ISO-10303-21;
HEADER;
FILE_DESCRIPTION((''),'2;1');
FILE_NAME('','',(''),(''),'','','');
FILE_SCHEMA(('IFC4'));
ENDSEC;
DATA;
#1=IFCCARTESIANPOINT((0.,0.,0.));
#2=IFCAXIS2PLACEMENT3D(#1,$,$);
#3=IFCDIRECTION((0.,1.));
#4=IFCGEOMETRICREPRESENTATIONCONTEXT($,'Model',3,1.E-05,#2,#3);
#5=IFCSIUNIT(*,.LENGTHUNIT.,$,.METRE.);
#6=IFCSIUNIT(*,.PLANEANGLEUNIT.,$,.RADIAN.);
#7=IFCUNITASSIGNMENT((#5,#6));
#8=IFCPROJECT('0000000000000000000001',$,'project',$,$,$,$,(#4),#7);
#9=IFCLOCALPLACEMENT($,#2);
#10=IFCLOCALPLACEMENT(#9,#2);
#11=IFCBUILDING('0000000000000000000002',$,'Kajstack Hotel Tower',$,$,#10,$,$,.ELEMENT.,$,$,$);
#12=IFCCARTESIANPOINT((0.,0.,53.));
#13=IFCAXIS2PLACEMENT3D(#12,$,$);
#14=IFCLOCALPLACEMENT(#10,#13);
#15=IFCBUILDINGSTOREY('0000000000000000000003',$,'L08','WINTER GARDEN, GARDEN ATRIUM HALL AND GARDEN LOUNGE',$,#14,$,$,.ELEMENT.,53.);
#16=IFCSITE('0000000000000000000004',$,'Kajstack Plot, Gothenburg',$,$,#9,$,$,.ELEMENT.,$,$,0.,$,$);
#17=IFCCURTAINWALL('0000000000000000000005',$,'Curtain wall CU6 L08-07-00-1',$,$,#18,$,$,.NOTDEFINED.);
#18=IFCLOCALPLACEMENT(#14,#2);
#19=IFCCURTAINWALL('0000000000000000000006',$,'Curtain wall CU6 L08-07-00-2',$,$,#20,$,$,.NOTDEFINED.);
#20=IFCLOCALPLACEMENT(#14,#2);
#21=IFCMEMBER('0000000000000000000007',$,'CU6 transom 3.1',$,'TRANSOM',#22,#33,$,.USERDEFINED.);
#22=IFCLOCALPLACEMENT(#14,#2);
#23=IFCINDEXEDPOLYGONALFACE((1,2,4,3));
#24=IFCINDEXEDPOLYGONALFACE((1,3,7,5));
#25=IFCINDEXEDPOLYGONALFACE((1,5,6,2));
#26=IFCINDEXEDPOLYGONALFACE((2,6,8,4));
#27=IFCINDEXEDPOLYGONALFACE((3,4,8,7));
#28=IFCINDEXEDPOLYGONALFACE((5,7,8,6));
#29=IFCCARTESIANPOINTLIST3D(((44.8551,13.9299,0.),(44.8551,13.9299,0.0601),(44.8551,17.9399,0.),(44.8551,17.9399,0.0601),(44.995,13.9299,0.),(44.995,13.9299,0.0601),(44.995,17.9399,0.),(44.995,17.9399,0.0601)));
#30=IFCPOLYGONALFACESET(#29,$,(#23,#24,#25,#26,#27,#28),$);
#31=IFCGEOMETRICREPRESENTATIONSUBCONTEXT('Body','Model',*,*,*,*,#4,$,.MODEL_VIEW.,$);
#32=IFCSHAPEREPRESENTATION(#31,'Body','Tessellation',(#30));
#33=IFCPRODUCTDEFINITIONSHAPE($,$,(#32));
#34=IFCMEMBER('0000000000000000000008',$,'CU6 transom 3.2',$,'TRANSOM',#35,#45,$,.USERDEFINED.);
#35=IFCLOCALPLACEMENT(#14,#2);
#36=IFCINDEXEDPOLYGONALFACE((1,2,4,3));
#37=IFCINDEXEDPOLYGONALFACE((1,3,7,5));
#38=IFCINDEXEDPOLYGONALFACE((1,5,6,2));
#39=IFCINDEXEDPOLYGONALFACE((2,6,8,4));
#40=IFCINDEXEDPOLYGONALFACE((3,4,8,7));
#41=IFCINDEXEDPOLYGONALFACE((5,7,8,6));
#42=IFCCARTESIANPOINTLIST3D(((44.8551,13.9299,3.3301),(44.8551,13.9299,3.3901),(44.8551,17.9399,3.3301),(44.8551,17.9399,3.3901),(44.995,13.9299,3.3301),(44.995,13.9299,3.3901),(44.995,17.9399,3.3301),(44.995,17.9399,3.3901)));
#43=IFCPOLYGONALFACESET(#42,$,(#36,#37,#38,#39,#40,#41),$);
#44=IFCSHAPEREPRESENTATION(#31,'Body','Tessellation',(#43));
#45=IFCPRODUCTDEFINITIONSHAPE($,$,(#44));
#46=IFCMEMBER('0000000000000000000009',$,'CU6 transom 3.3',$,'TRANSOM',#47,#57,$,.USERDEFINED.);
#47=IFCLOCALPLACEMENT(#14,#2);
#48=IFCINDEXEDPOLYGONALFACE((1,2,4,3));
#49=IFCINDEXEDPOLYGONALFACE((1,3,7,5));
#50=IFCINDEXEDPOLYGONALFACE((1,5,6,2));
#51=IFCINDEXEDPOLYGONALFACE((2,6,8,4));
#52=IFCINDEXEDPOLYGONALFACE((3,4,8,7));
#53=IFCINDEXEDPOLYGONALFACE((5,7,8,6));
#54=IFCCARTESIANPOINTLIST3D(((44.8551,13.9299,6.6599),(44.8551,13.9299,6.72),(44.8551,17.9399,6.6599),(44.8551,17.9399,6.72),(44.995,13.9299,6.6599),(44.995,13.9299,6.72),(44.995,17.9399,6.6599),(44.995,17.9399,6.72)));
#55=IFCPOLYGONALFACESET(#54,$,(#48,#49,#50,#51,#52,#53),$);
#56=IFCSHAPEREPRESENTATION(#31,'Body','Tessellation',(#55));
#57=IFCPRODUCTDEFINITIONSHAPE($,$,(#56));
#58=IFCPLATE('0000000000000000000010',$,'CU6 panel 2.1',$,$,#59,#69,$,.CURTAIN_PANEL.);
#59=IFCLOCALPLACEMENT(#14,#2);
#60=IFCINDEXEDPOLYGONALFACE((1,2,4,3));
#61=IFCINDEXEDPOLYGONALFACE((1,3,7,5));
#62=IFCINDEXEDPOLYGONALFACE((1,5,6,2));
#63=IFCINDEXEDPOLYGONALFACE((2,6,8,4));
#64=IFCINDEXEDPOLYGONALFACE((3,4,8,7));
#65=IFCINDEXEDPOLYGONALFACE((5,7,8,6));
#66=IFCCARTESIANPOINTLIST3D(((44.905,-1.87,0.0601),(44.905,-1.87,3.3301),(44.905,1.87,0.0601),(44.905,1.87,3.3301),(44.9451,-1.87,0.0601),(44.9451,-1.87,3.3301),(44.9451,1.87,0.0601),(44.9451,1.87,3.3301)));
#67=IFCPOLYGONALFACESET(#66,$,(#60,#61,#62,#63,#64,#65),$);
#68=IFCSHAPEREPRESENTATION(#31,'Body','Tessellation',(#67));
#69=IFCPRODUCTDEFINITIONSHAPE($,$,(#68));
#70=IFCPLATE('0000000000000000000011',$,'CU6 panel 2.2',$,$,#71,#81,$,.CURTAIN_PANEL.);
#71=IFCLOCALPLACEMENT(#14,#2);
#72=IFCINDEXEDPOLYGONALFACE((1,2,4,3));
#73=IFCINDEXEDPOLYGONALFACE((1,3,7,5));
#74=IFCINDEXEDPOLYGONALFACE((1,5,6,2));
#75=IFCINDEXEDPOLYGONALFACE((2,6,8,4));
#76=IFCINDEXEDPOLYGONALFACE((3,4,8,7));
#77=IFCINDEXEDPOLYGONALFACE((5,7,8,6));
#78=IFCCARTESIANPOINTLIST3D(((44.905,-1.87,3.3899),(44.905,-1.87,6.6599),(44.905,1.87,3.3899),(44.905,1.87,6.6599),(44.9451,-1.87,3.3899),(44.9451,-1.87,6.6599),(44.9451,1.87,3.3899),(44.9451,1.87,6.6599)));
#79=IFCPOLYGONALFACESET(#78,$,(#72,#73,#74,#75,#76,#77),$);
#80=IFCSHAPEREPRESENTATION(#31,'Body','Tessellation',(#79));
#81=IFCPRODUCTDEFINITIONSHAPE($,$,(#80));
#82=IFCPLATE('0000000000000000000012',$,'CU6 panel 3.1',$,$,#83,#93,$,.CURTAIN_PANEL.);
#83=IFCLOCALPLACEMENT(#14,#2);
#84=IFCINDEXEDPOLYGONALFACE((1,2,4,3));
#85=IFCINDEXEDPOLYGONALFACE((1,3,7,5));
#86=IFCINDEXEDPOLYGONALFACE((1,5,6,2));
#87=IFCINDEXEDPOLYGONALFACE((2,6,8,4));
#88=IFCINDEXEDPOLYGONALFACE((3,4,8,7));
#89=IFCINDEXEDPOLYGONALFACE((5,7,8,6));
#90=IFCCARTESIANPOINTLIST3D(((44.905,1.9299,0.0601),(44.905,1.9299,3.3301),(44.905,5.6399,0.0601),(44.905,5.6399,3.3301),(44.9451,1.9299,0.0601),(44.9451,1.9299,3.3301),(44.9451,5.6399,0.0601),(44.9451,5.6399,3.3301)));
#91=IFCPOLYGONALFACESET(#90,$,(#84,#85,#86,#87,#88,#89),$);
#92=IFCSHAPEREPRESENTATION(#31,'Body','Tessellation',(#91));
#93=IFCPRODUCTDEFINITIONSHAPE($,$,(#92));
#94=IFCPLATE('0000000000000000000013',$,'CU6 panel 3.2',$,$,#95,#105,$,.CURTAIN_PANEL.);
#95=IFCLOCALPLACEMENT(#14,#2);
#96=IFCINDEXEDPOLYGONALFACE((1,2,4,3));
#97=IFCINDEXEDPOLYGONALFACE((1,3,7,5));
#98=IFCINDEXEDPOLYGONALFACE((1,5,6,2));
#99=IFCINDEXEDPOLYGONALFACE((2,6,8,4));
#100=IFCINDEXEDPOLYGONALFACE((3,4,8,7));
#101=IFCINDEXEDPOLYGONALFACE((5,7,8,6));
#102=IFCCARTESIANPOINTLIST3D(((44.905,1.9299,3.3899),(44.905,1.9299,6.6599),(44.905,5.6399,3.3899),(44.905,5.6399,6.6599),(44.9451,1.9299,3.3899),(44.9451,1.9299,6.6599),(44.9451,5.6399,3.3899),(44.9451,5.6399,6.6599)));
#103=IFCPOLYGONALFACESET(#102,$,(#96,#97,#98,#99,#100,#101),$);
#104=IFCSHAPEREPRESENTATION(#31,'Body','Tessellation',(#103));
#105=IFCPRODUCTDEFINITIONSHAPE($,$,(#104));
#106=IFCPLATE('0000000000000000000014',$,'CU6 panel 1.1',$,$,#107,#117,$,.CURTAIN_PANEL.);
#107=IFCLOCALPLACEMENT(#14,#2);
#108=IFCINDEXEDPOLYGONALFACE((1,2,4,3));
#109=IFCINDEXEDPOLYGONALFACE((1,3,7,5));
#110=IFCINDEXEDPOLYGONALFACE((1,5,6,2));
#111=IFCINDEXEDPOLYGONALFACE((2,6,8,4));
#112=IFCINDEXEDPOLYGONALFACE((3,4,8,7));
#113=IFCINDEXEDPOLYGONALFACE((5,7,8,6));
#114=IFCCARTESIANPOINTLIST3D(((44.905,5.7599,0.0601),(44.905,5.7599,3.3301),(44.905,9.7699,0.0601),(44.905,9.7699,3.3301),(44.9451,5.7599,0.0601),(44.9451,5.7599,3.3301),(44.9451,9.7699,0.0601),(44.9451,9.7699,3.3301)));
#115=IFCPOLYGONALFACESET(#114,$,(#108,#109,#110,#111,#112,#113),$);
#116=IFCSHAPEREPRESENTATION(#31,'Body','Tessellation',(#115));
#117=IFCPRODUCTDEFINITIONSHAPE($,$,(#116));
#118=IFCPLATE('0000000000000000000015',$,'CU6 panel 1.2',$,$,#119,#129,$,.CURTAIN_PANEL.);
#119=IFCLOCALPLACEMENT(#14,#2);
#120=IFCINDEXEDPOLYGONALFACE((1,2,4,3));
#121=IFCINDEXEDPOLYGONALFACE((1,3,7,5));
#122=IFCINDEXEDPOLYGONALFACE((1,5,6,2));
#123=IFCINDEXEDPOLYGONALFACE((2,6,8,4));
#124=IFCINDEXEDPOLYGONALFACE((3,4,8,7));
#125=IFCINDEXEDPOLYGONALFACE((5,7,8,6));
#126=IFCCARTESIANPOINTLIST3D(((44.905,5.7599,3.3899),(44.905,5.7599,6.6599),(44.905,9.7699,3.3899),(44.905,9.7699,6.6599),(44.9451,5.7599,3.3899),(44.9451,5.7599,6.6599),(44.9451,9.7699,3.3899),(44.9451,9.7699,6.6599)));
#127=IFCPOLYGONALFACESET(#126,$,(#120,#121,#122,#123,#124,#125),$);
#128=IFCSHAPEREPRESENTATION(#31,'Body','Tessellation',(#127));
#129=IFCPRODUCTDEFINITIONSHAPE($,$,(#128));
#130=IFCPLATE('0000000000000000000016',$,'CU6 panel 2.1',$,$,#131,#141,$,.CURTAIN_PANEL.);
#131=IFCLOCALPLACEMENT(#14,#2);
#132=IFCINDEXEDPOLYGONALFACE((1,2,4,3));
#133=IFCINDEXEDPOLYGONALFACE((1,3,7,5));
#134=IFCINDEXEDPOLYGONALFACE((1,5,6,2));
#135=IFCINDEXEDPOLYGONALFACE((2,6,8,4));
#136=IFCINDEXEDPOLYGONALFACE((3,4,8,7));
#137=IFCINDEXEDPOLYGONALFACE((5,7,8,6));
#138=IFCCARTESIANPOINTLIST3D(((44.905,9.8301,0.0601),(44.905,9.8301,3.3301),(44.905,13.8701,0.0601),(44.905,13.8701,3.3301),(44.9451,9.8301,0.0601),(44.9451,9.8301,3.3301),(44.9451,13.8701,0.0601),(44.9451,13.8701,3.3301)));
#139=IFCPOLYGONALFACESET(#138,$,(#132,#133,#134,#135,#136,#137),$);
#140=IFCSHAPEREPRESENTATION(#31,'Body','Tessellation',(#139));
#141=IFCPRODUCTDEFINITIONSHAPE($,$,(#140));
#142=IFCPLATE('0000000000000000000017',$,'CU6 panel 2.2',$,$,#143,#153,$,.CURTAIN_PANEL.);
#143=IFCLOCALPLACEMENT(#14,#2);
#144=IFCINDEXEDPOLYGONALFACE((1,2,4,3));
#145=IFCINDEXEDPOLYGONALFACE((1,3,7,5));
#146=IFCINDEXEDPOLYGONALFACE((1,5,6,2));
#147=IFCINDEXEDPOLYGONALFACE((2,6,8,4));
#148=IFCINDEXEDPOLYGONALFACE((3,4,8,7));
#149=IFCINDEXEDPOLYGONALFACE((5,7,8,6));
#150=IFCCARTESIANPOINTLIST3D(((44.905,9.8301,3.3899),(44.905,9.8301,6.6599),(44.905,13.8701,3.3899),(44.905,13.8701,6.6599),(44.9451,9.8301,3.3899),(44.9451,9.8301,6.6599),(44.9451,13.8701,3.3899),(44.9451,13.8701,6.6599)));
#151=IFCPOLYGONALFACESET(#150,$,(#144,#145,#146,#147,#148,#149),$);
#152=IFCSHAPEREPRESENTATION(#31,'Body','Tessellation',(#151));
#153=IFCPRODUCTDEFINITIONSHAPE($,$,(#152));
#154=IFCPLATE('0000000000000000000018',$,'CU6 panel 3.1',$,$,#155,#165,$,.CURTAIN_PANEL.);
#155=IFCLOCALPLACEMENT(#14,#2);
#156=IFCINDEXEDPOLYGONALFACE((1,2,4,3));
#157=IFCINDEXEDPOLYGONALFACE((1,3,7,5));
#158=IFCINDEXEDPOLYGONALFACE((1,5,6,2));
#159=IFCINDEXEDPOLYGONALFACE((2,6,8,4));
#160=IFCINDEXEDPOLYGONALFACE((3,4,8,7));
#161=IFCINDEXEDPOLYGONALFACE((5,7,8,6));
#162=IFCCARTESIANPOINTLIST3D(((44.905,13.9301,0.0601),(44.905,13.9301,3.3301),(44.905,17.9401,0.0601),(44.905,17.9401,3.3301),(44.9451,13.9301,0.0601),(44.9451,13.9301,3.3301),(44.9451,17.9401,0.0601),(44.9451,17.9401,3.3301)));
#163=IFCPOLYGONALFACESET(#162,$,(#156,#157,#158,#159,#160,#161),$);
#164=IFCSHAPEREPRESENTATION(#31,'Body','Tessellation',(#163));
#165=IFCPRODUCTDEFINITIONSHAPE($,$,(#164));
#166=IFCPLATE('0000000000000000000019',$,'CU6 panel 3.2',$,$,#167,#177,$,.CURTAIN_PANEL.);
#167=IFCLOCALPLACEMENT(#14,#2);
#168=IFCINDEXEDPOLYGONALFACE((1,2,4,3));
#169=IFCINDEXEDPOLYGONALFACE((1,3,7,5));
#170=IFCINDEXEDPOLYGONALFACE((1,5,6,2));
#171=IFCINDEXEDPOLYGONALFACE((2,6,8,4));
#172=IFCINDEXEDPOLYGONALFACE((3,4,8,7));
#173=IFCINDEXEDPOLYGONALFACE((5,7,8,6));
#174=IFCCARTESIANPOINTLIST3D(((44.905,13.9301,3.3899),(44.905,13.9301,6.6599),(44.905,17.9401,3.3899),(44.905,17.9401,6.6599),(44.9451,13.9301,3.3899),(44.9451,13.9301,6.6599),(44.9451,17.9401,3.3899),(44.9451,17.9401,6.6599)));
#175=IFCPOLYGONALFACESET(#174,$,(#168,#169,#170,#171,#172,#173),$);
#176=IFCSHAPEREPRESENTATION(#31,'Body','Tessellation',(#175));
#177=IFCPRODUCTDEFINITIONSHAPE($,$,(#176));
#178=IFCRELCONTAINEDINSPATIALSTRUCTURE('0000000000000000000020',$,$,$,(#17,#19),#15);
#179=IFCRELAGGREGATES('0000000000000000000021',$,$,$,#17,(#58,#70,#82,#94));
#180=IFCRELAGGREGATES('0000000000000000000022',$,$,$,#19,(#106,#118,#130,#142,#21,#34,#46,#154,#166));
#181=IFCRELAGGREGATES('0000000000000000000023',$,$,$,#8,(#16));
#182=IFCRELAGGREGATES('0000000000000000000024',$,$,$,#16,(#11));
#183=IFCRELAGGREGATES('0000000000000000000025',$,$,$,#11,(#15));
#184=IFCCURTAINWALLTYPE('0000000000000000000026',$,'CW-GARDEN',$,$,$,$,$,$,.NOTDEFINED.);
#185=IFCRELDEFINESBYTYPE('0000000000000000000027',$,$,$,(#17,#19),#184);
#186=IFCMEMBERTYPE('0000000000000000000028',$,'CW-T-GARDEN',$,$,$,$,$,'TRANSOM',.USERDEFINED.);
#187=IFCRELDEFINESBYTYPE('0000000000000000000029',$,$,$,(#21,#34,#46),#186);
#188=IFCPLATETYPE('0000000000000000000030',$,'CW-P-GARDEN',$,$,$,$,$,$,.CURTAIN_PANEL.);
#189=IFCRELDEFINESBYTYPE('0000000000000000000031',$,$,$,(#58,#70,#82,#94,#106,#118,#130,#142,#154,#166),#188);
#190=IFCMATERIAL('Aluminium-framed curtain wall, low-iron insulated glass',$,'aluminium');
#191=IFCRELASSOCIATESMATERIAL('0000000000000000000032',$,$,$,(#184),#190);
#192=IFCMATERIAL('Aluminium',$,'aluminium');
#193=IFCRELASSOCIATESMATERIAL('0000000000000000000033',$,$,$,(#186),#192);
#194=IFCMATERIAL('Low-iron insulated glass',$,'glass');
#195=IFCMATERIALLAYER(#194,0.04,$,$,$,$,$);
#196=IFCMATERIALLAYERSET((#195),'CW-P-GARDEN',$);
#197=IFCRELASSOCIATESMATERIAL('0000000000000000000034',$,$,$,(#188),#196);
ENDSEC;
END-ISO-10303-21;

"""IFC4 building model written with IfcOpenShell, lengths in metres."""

from ifc_helpers import new_model, si_unit, direction, frame, origin, origin_2d, place, context, subcontext, project, spatial, rectangle, extrude, material, layer, layer_set, material_profile, profile_set, type_object, element, aggregate, save


model = new_model("IFC4")

# Units and contexts
model_context = context("Model", 3, precision=1e-05, world=origin(), true_north=direction((0.0, 1.0)))
body_context = subcontext(model_context, "Body", "Model", "MODEL_VIEW")
ifc_project = project(units=[si_unit("LENGTHUNIT", "METRE"), si_unit("PLANEANGLEUNIT", "RADIAN")], contexts=[model_context])

# Site, building, storey
site_placement = place(None, origin())
site = spatial("IfcSite", under=ifc_project, at=site_placement, Name="Kajstack Plot, Gothenburg", CompositionType="ELEMENT", RefElevation=0.0)
building_placement = place(site_placement, origin())
building = spatial("IfcBuilding", under=site, at=building_placement, Name="Kajstack Hotel Tower", CompositionType="ELEMENT")
storey_placement = place(building_placement, frame((0.0, 0.0, 53.0)))
storey = spatial("IfcBuildingStorey", under=building, at=storey_placement, Name="L08", Description="WINTER GARDEN, GARDEN ATRIUM HALL AND GARDEN LOUNGE", CompositionType="ELEMENT", Elevation=53.0)

# Curtain walls
ifc_material_1 = material(Name="Aluminium-framed curtain wall, low-iron insulated glass", Category="aluminium")
curtain_wall_type = type_object("IfcCurtainWallType", Name="CW-GARDEN", PredefinedType="NOTDEFINED", material=ifc_material_1)
curtain_wall_1_placement = place(storey_placement, origin())
curtain_wall_1 = element("IfcCurtainWall", 1, at=curtain_wall_1_placement, inside=storey, type_object=curtain_wall_type, Name="Curtain wall CU6 L08-07-00-1", PredefinedType="NOTDEFINED")
ifc_material_2 = material(Name="Aluminium", Category="aluminium")
curtain_wall_2_placement = place(storey_placement, origin())
curtain_wall_2 = element("IfcCurtainWall", 2, at=curtain_wall_2_placement, inside=storey, type_object=curtain_wall_type, Name="Curtain wall CU6 L08-07-00-2", PredefinedType="NOTDEFINED")

# Members
ifc_material_profile_1 = material_profile(ifc_material_2, rectangle(XDim=0.1399, YDim=0.0601, at=origin_2d()), Name="Aluminium transom 140 x 60")
ifc_profile_set_1 = profile_set([ifc_material_profile_1], Name="Aluminium")
member_type_1 = type_object("IfcMemberType", Name="CW-T-GARDEN", ElementType="TRANSOM", PredefinedType="USERDEFINED", material=ifc_profile_set_1)
member_1_placement = place(storey_placement, frame((44.925, 13.9299, 0.03), z_axis=(0.0, 1.0, 0.0), x_axis=(-1.0, 0.0, 0.0)))
member_1 = element("IfcMember", 3, at=member_1_placement, type_object=member_type_1, Name="CU6 transom 3.1", ObjectType="TRANSOM", PredefinedType="USERDEFINED", context=body_context, shape_type="SweptSolid", body=[
    extrude(rectangle(XDim=0.1399, YDim=0.0601, at=origin_2d()), origin(), (0.0, 0.0, 1.0), 4.01),
])
member_2_placement = place(storey_placement, frame((44.925, 13.9299, 3.3601), z_axis=(0.0, 1.0, 0.0), x_axis=(-1.0, 0.0, 0.0)))
member_2 = element("IfcMember", 4, at=member_2_placement, type_object=member_type_1, Name="CU6 transom 3.2", ObjectType="TRANSOM", PredefinedType="USERDEFINED", context=body_context, shape_type="SweptSolid", body=[
    extrude(rectangle(XDim=0.1399, YDim=0.0601, at=origin_2d()), origin(), (0.0, 0.0, 1.0), 4.01),
])
member_3_placement = place(storey_placement, frame((44.925, 13.9299, 6.6899), z_axis=(0.0, 1.0, 0.0), x_axis=(-1.0, 0.0, 0.0)))
member_3 = element("IfcMember", 5, at=member_3_placement, type_object=member_type_1, Name="CU6 transom 3.3", ObjectType="TRANSOM", PredefinedType="USERDEFINED", context=body_context, shape_type="SweptSolid", body=[
    extrude(rectangle(XDim=0.1399, YDim=0.0601, at=origin_2d()), origin(), (0.0, 0.0, 1.0), 4.01),
])

# Plates
ifc_material_3 = material(Name="Low-iron insulated glass", Category="glass")
ifc_layer_1 = layer(ifc_material_3, 0.04)
ifc_layer_set_1 = layer_set([ifc_layer_1], Name="CW-P-GARDEN")
plate_type = type_object("IfcPlateType", Name="CW-P-GARDEN", PredefinedType="CURTAIN_PANEL", material=ifc_layer_set_1)
plate_1_placement = place(storey_placement, frame((44.925, 0.0, 0.0601), z_axis=(0.0, 0.0, 1.0), x_axis=(0.0, 1.0, 0.0)))
plate_1 = element("IfcPlate", 6, at=plate_1_placement, type_object=plate_type, Name="CU6 panel 2.1", PredefinedType="CURTAIN_PANEL", context=body_context, shape_type="SweptSolid", body=[
    extrude(rectangle(XDim=3.74, YDim=0.04, at=origin_2d()), origin(), (0.0, 0.0, 1.0), 3.27),
])
plate_2_placement = place(storey_placement, frame((44.925, 0.0, 3.3899), z_axis=(0.0, 0.0, 1.0), x_axis=(0.0, 1.0, 0.0)))
plate_2 = element("IfcPlate", 7, at=plate_2_placement, type_object=plate_type, Name="CU6 panel 2.2", PredefinedType="CURTAIN_PANEL", context=body_context, shape_type="SweptSolid", body=[
    extrude(rectangle(XDim=3.74, YDim=0.04, at=origin_2d()), origin(), (0.0, 0.0, 1.0), 3.27),
])
plate_3_placement = place(storey_placement, frame((44.925, 3.7849, 0.0601), z_axis=(0.0, 0.0, 1.0), x_axis=(0.0, 1.0, 0.0)))
plate_3 = element("IfcPlate", 8, at=plate_3_placement, type_object=plate_type, Name="CU6 panel 3.1", PredefinedType="CURTAIN_PANEL", context=body_context, shape_type="SweptSolid", body=[
    extrude(rectangle(XDim=3.71, YDim=0.04, at=origin_2d()), origin(), (0.0, 0.0, 1.0), 3.27),
])
plate_4_placement = place(storey_placement, frame((44.925, 3.7849, 3.3899), z_axis=(0.0, 0.0, 1.0), x_axis=(0.0, 1.0, 0.0)))
plate_4 = element("IfcPlate", 9, at=plate_4_placement, type_object=plate_type, Name="CU6 panel 3.2", PredefinedType="CURTAIN_PANEL", context=body_context, shape_type="SweptSolid", body=[
    extrude(rectangle(XDim=3.71, YDim=0.04, at=origin_2d()), origin(), (0.0, 0.0, 1.0), 3.27),
])
aggregate(curtain_wall_1, [plate_1, plate_2, plate_3, plate_4])
plate_5_placement = place(storey_placement, frame((44.925, 7.7649, 0.0601), z_axis=(0.0, 0.0, 1.0), x_axis=(0.0, 1.0, 0.0)))
plate_5 = element("IfcPlate", 10, at=plate_5_placement, type_object=plate_type, Name="CU6 panel 1.1", PredefinedType="CURTAIN_PANEL", context=body_context, shape_type="SweptSolid", body=[
    extrude(rectangle(XDim=4.01, YDim=0.04, at=origin_2d()), origin(), (0.0, 0.0, 1.0), 3.27),
])
plate_6_placement = place(storey_placement, frame((44.925, 7.7649, 3.3899), z_axis=(0.0, 0.0, 1.0), x_axis=(0.0, 1.0, 0.0)))
plate_6 = element("IfcPlate", 11, at=plate_6_placement, type_object=plate_type, Name="CU6 panel 1.2", PredefinedType="CURTAIN_PANEL", context=body_context, shape_type="SweptSolid", body=[
    extrude(rectangle(XDim=4.01, YDim=0.04, at=origin_2d()), origin(), (0.0, 0.0, 1.0), 3.27),
])
plate_7_placement = place(storey_placement, frame((44.925, 11.8501, 0.0601), z_axis=(0.0, 0.0, 1.0), x_axis=(0.0, 1.0, 0.0)))
plate_7 = element("IfcPlate", 12, at=plate_7_placement, type_object=plate_type, Name="CU6 panel 2.1", PredefinedType="CURTAIN_PANEL", context=body_context, shape_type="SweptSolid", body=[
    extrude(rectangle(XDim=4.04, YDim=0.04, at=origin_2d()), origin(), (0.0, 0.0, 1.0), 3.27),
])
plate_8_placement = place(storey_placement, frame((44.925, 11.8501, 3.3899), z_axis=(0.0, 0.0, 1.0), x_axis=(0.0, 1.0, 0.0)))
plate_8 = element("IfcPlate", 13, at=plate_8_placement, type_object=plate_type, Name="CU6 panel 2.2", PredefinedType="CURTAIN_PANEL", context=body_context, shape_type="SweptSolid", body=[
    extrude(rectangle(XDim=4.04, YDim=0.04, at=origin_2d()), origin(), (0.0, 0.0, 1.0), 3.27),
])
plate_9_placement = place(storey_placement, frame((44.925, 15.9351, 0.0601), z_axis=(0.0, 0.0, 1.0), x_axis=(0.0, 1.0, 0.0)))
plate_9 = element("IfcPlate", 14, at=plate_9_placement, type_object=plate_type, Name="CU6 panel 3.1", PredefinedType="CURTAIN_PANEL", context=body_context, shape_type="SweptSolid", body=[
    extrude(rectangle(XDim=4.01, YDim=0.04, at=origin_2d()), origin(), (0.0, 0.0, 1.0), 3.27),
])
plate_10_placement = place(storey_placement, frame((44.925, 15.9351, 3.3899), z_axis=(0.0, 0.0, 1.0), x_axis=(0.0, 1.0, 0.0)))
plate_10 = element("IfcPlate", 15, at=plate_10_placement, type_object=plate_type, Name="CU6 panel 3.2", PredefinedType="CURTAIN_PANEL", context=body_context, shape_type="SweptSolid", body=[
    extrude(rectangle(XDim=4.01, YDim=0.04, at=origin_2d()), origin(), (0.0, 0.0, 1.0), 3.27),
])
aggregate(curtain_wall_2, [plate_5, plate_6, plate_7, plate_8, member_1, member_2, member_3, plate_9, plate_10])

save(model, "model.ifc")
